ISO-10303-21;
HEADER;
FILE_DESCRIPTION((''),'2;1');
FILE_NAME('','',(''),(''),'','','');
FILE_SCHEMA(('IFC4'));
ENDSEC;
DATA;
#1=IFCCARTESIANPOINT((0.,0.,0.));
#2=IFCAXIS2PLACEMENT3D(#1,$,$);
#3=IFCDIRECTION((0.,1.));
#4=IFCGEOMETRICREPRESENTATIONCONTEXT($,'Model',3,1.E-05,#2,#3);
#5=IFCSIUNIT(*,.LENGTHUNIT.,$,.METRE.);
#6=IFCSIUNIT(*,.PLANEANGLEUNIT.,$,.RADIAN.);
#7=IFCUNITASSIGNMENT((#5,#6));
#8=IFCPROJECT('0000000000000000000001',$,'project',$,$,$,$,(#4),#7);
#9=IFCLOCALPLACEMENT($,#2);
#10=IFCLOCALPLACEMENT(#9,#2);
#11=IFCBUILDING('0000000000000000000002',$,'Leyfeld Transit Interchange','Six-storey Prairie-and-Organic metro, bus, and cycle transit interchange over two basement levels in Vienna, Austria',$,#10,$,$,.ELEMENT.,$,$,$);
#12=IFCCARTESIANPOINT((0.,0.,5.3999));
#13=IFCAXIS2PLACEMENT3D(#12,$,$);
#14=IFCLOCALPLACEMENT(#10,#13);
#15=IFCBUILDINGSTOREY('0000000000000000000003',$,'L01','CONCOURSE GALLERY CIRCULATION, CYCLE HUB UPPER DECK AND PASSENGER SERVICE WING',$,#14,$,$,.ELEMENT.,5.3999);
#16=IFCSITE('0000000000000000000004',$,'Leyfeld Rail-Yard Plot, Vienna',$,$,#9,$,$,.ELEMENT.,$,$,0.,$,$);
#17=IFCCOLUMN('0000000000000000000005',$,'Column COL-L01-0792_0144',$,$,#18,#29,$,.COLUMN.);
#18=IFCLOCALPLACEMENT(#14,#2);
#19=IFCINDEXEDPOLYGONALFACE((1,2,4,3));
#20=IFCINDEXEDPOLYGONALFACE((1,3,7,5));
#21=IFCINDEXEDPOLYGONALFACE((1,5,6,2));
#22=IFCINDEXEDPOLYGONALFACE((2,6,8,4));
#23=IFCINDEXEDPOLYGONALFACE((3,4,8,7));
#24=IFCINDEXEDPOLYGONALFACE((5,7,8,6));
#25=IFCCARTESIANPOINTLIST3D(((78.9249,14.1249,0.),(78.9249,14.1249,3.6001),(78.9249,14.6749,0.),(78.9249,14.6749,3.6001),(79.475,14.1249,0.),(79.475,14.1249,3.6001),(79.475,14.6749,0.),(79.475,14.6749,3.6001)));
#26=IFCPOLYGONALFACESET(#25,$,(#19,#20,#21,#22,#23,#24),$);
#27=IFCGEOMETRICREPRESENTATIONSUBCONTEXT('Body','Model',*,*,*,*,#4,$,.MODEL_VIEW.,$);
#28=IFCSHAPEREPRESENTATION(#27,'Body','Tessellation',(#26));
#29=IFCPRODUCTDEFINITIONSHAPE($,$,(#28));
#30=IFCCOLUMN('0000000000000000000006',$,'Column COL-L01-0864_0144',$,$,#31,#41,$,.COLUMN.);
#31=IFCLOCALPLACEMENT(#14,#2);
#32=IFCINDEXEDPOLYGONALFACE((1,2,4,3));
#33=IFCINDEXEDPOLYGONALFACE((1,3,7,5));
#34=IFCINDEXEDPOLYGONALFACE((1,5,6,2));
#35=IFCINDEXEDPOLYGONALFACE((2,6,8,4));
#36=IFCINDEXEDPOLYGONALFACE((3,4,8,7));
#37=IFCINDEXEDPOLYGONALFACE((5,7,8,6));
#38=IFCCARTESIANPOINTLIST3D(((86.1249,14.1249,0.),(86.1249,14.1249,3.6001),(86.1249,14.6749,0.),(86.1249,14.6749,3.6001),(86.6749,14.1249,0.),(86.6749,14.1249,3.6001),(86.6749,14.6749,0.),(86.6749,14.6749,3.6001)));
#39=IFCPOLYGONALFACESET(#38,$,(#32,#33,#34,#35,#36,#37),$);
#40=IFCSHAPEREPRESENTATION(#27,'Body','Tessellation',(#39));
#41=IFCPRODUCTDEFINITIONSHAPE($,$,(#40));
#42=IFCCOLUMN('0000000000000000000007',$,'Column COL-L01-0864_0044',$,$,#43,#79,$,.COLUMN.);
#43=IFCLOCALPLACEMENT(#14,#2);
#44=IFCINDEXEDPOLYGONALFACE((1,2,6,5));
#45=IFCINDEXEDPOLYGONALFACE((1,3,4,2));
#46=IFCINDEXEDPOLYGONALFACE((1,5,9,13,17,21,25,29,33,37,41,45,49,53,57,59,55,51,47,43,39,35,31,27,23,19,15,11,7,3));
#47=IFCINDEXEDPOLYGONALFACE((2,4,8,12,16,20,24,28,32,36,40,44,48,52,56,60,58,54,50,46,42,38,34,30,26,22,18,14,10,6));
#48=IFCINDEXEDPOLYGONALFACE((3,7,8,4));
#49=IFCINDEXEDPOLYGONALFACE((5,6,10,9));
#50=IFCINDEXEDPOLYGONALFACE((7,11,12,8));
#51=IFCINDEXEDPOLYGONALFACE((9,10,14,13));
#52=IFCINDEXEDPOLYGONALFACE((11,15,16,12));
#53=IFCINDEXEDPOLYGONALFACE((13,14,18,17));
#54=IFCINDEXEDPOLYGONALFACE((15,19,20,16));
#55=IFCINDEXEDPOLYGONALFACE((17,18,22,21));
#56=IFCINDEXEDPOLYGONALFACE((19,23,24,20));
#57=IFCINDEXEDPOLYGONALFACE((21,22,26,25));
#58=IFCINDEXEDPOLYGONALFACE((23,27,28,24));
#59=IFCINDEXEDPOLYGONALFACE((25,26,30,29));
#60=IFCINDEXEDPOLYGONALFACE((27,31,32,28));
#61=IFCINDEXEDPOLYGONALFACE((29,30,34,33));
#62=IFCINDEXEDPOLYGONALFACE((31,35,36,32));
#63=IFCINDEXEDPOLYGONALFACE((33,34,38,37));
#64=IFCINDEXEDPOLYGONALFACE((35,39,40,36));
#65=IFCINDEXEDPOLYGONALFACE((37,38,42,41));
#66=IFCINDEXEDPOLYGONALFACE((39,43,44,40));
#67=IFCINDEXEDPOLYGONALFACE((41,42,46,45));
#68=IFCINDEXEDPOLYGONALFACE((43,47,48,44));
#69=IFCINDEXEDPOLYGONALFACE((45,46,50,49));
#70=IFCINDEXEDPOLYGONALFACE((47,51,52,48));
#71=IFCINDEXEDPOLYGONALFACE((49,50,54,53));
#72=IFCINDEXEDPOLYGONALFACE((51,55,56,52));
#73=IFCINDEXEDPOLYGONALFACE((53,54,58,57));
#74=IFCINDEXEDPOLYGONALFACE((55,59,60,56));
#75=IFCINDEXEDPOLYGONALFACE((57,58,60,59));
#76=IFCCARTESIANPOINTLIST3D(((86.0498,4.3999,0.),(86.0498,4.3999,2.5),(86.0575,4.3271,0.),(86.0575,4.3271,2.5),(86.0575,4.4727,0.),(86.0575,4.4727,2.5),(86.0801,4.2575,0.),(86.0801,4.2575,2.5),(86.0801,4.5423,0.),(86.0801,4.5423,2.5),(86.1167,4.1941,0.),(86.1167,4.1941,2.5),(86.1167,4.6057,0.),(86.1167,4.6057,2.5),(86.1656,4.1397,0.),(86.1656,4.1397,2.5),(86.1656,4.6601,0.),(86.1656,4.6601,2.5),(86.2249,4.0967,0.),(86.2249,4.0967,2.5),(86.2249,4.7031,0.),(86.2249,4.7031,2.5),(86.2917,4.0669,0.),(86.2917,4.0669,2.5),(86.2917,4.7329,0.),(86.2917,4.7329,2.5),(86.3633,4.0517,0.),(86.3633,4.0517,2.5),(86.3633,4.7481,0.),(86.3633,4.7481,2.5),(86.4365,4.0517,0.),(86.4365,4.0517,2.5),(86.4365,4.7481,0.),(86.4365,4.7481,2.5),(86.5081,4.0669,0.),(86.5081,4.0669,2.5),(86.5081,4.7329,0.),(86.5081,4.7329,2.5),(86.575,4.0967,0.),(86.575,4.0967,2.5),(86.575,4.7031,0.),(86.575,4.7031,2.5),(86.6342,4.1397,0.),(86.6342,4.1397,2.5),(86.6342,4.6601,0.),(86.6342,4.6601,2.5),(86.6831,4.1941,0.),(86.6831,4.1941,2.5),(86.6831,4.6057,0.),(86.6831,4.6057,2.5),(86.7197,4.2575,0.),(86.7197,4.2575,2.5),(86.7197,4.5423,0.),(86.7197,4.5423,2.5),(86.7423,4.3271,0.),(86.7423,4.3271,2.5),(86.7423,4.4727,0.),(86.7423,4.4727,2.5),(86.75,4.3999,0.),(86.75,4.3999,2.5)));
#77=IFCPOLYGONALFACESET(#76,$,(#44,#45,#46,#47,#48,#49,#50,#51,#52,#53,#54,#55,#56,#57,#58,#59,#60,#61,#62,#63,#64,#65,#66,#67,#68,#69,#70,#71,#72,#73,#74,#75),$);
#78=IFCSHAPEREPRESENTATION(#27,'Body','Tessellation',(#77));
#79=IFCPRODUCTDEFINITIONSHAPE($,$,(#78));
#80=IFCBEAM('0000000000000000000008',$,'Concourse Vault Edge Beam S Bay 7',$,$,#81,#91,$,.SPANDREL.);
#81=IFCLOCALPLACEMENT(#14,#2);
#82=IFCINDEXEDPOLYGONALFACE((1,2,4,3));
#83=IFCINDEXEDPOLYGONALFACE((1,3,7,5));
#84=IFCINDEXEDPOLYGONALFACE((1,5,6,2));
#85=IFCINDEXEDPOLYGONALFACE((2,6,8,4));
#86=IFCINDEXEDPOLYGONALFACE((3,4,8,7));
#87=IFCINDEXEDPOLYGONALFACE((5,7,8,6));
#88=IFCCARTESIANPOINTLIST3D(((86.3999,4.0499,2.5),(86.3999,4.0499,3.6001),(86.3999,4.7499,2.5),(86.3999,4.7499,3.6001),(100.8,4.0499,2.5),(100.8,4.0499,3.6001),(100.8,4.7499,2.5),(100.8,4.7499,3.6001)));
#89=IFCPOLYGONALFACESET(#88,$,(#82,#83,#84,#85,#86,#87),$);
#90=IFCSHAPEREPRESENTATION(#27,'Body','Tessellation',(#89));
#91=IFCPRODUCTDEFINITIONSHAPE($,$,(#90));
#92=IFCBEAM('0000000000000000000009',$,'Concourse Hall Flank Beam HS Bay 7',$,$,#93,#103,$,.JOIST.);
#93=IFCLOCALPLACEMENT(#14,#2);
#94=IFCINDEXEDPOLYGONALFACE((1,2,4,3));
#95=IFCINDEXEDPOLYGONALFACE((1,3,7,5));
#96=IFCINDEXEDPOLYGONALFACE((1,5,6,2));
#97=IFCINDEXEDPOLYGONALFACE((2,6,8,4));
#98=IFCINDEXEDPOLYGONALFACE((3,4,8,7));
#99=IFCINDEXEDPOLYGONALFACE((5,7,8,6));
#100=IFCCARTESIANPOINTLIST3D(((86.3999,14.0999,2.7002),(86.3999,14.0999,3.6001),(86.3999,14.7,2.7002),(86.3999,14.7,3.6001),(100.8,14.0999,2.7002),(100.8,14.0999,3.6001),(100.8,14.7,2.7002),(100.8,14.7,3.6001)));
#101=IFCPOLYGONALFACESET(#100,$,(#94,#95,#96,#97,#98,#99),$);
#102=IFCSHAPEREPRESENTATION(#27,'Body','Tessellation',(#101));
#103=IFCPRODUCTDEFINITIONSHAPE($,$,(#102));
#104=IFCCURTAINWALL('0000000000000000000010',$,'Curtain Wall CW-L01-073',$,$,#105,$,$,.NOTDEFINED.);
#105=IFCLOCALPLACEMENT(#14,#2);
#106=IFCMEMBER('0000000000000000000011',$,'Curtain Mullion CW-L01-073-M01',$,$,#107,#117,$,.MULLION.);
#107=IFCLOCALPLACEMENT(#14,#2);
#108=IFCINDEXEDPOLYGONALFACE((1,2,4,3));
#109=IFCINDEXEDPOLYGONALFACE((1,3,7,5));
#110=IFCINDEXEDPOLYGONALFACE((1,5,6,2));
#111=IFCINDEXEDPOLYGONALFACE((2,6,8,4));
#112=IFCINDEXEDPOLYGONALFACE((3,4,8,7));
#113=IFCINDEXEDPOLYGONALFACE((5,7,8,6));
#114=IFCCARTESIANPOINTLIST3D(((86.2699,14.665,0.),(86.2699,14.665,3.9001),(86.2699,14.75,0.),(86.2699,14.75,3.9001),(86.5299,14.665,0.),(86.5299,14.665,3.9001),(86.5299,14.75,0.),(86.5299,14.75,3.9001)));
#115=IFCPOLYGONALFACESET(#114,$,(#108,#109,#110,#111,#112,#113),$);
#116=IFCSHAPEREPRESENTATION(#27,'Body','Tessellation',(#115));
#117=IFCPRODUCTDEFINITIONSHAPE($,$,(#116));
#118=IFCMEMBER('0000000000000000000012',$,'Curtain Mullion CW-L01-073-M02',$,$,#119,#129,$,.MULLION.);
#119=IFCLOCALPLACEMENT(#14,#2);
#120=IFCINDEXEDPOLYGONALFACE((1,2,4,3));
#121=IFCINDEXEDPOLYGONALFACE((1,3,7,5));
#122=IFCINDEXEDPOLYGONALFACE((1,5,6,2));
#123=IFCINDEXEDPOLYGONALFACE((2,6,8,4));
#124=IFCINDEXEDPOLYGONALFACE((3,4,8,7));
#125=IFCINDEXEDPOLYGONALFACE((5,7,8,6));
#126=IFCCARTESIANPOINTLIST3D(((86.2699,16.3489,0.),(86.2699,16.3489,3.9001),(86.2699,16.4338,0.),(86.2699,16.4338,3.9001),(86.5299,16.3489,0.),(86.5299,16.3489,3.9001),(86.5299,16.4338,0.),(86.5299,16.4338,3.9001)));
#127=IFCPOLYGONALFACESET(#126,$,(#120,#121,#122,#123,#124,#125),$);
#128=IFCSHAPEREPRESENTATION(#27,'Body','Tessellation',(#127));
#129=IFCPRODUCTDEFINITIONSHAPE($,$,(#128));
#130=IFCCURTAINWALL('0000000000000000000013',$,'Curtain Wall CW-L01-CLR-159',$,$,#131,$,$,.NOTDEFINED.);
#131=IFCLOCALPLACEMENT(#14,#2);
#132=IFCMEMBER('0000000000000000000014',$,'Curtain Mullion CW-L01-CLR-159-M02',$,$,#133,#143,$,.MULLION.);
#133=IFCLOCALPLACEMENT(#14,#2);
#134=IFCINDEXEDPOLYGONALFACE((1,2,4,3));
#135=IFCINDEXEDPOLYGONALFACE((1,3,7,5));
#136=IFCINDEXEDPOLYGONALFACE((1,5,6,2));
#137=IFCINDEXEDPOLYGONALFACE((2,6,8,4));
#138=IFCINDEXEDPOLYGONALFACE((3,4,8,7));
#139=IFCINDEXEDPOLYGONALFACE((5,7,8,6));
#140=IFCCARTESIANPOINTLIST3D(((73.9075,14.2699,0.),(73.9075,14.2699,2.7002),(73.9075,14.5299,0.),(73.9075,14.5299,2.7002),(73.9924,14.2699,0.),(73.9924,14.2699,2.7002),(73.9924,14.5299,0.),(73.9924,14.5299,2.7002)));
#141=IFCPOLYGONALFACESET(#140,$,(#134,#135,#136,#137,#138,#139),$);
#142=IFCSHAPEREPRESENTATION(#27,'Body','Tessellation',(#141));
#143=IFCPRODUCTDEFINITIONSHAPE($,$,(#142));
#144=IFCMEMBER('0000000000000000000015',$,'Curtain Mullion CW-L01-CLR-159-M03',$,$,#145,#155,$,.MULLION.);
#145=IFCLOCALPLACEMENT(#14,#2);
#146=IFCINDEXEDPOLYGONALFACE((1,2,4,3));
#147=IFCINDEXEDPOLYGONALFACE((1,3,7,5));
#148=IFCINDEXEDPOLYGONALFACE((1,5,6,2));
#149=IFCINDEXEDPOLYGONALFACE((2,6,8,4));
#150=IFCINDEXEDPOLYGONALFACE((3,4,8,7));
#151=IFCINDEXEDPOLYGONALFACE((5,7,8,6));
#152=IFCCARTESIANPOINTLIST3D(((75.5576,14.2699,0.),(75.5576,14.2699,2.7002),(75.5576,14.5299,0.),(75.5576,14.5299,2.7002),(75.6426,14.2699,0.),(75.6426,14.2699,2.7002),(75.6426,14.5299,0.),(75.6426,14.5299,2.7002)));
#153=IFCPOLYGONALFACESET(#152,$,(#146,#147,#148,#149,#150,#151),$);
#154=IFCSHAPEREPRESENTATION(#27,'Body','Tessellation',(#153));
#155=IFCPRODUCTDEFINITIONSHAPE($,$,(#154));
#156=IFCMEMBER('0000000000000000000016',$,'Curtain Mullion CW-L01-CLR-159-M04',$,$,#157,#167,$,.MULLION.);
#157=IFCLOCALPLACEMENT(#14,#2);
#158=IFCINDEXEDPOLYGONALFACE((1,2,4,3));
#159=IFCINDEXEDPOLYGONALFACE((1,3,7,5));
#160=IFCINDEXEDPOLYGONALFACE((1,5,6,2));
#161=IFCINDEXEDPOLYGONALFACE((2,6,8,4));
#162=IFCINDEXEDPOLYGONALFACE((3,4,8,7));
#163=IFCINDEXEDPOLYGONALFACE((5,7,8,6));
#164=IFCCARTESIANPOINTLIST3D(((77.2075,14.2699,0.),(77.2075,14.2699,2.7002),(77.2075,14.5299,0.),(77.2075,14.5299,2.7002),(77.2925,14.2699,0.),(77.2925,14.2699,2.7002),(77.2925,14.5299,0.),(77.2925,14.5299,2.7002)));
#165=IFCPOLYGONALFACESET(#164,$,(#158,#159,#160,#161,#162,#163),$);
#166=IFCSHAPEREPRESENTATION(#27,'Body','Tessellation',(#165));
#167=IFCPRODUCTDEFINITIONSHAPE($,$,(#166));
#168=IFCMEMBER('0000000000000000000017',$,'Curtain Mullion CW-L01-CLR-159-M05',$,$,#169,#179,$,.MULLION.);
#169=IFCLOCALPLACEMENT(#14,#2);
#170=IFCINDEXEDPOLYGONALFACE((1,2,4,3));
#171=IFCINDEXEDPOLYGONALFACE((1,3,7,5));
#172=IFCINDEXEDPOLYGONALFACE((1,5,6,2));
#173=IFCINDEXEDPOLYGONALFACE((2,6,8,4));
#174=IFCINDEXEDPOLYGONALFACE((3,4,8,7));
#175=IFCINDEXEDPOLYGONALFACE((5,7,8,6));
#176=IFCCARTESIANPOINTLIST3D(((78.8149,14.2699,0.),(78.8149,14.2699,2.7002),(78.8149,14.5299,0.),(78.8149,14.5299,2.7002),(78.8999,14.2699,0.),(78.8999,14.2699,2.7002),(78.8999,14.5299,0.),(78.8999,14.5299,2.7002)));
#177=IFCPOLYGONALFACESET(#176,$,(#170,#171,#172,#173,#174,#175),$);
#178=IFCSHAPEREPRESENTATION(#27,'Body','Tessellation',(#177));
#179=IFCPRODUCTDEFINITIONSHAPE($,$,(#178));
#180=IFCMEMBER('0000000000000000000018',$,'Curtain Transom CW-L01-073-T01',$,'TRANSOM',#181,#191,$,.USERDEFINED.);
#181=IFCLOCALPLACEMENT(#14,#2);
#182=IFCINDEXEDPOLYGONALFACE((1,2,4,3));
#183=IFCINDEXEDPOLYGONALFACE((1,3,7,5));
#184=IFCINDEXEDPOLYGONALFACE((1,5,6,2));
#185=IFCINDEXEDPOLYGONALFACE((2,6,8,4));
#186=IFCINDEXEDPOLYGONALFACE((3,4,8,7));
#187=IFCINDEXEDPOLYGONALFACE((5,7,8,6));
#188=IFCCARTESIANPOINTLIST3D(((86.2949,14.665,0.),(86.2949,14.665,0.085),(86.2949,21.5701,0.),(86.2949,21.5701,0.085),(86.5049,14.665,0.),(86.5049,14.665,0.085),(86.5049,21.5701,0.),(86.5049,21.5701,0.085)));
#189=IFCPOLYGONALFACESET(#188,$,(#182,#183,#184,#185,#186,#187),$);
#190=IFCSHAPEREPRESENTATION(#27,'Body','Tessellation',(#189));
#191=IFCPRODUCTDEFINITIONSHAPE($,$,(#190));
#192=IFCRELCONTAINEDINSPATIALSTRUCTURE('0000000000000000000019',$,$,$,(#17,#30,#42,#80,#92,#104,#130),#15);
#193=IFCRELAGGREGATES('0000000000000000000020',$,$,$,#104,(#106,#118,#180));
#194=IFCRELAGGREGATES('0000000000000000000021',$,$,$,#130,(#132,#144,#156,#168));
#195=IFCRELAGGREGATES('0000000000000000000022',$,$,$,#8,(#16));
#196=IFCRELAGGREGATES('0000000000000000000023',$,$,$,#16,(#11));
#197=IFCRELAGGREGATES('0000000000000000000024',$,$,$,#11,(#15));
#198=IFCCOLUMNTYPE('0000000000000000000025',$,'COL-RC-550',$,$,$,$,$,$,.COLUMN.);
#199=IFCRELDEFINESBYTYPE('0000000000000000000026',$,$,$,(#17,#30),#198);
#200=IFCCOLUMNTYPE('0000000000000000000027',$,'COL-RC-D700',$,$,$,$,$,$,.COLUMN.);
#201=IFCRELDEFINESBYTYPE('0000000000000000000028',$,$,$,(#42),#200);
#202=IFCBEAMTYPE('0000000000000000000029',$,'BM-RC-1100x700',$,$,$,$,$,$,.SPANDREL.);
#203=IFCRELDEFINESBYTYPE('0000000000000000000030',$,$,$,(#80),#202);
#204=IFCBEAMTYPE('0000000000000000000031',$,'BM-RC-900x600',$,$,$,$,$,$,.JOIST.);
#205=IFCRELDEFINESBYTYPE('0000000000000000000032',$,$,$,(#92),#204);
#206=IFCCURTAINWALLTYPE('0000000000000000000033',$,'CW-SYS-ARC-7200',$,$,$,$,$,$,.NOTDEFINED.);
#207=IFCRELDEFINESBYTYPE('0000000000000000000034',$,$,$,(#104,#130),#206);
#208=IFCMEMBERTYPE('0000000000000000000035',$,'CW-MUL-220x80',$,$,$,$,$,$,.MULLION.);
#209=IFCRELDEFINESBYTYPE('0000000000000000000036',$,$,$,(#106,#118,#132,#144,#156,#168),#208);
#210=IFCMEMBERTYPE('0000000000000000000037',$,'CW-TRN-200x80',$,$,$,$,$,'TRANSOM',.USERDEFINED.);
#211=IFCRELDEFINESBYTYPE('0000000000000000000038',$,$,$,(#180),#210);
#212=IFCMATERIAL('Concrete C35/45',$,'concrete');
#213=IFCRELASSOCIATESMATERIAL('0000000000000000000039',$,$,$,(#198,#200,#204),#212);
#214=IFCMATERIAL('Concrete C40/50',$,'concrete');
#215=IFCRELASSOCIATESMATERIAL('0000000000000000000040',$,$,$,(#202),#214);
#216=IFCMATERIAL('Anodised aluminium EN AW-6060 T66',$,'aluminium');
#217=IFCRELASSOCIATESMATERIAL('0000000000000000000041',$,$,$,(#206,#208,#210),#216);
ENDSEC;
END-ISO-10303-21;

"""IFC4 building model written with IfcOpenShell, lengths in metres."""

from ifc_helpers import new_model, si_unit, direction, frame, origin, origin_2d, place, context, subcontext, project, spatial, rectangle, circle, extrude, material, material_profile, profile_set, type_object, element, aggregate, save


model = new_model("IFC4")

# Units and contexts
model_context = context("Model", 3, precision=1e-05, world=origin(), true_north=direction((0.0, 1.0)))
body_context = subcontext(model_context, "Body", "Model", "MODEL_VIEW")
ifc_project = project(units=[si_unit("LENGTHUNIT", "METRE"), si_unit("PLANEANGLEUNIT", "RADIAN")], contexts=[model_context])

# Site, building, storey
site_placement = place(None, origin())
site = spatial("IfcSite", under=ifc_project, at=site_placement, Name="Leyfeld Rail-Yard Plot, Vienna", CompositionType="ELEMENT", RefElevation=0.0)
building_placement = place(site_placement, origin())
building = spatial("IfcBuilding", under=site, at=building_placement, Name="Leyfeld Transit Interchange", Description="Six-storey Prairie-and-Organic metro, bus, and cycle transit interchange over two basement levels in Vienna, Austria", CompositionType="ELEMENT")
storey_placement = place(building_placement, frame((0.0, 0.0, 5.3999)))
storey = spatial("IfcBuildingStorey", under=building, at=storey_placement, Name="L01", Description="CONCOURSE GALLERY CIRCULATION, CYCLE HUB UPPER DECK AND PASSENGER SERVICE WING", CompositionType="ELEMENT", Elevation=5.3999)

# Columns
ifc_material_1 = material(Name="Concrete C35/45", Category="concrete")
ifc_material_profile_1 = material_profile(ifc_material_1, rectangle(XDim=0.55, YDim=0.55, at=origin_2d()), Name="RC 550x550")
ifc_profile_set_1 = profile_set([ifc_material_profile_1], Name="Concrete C35/45")
column_type_1 = type_object("IfcColumnType", Name="COL-RC-550", PredefinedType="COLUMN", material=ifc_profile_set_1)
for number, where, z_axis, x_axis, name in (
    (1, (79.2, 14.3999, 0.0), (0.0, 0.0, 1.0), (1.0, 0.0, 0.0), "Column COL-L01-0792_0144"),
    (2, (86.3999, 14.3999, 0.0), (0.0, 0.0, 1.0), (1.0, 0.0, 0.0), "Column COL-L01-0864_0144"),
):
    element("IfcColumn", number, at=place(storey_placement, frame(where, z_axis=z_axis, x_axis=x_axis)), inside=storey, type_object=column_type_1, Name=name, PredefinedType="COLUMN", context=body_context, shape_type="SweptSolid", body=[
        extrude(rectangle(XDim=0.55, YDim=0.55, at=origin_2d()), origin(), (0.0, 0.0, 1.0), 3.6001),
    ])
ifc_material_profile_2 = material_profile(ifc_material_1, circle(Radius=0.3501, at=origin_2d()), Name="RC D700")
ifc_profile_set_2 = profile_set([ifc_material_profile_2], Name="Concrete C35/45")
column_type_2 = type_object("IfcColumnType", Name="COL-RC-D700", PredefinedType="COLUMN", material=ifc_profile_set_2)
column_placement = place(storey_placement, frame((86.3999, 4.3999, 0.0), z_axis=(0.0, 0.0, 1.0), x_axis=(1.0, 0.0, 0.0)))
element("IfcColumn", 3, at=column_placement, inside=storey, type_object=column_type_2, Name="Column COL-L01-0864_0044", PredefinedType="COLUMN", context=body_context, shape_type="SweptSolid", body=[
    extrude(circle(Radius=0.3501, at=origin_2d()), origin(), (0.0, 0.0, 1.0), 2.5),
])

# Beams
ifc_material_2 = material(Name="Concrete C40/50", Category="concrete")
ifc_material_profile_3 = material_profile(ifc_material_2, rectangle(XDim=0.7, YDim=1.1001, at=origin_2d()), Name="RC 1100x700")
ifc_profile_set_3 = profile_set([ifc_material_profile_3], Name="Concrete C40/50")
beam_type_1 = type_object("IfcBeamType", Name="BM-RC-1100x700", PredefinedType="SPANDREL", material=ifc_profile_set_3)
beam_1_placement = place(storey_placement, frame((86.3999, 4.3999, 3.05), z_axis=(1.0, 0.0, 0.0), x_axis=(0.0, 1.0, 0.0)))
element("IfcBeam", 4, at=beam_1_placement, inside=storey, type_object=beam_type_1, Name="Concourse Vault Edge Beam S Bay 7", PredefinedType="SPANDREL", context=body_context, shape_type="SweptSolid", body=[
    extrude(rectangle(XDim=0.7, YDim=1.1001, at=origin_2d()), origin(), (0.0, 0.0, 1.0), 14.4001),
])
ifc_material_profile_4 = material_profile(ifc_material_1, rectangle(XDim=0.6001, YDim=0.8999, at=origin_2d()), Name="RC 900x600")
ifc_profile_set_4 = profile_set([ifc_material_profile_4], Name="Concrete C35/45")
beam_type_2 = type_object("IfcBeamType", Name="BM-RC-900x600", PredefinedType="JOIST", material=ifc_profile_set_4)
beam_2_placement = place(storey_placement, frame((86.3999, 14.3999, 3.1501), z_axis=(1.0, 0.0, 0.0), x_axis=(0.0, 1.0, 0.0)))
element("IfcBeam", 5, at=beam_2_placement, inside=storey, type_object=beam_type_2, Name="Concourse Hall Flank Beam HS Bay 7", PredefinedType="JOIST", context=body_context, shape_type="SweptSolid", body=[
    extrude(rectangle(XDim=0.6001, YDim=0.8999, at=origin_2d()), origin(), (0.0, 0.0, 1.0), 14.4001),
])

# Curtain walls, members
ifc_material_3 = material(Name="Anodised aluminium EN AW-6060 T66", Category="aluminium")
curtain_wall_type = type_object("IfcCurtainWallType", Name="CW-SYS-ARC-7200", PredefinedType="NOTDEFINED", material=ifc_material_3)
curtain_wall_1_placement = place(storey_placement, origin())
curtain_wall_1 = element("IfcCurtainWall", 6, at=curtain_wall_1_placement, inside=storey, type_object=curtain_wall_type, Name="Curtain Wall CW-L01-073", PredefinedType="NOTDEFINED")
ifc_material_profile_5 = material_profile(ifc_material_3, rectangle(XDim=0.085, YDim=0.26, at=origin_2d()), Name="CW-M 85x260")
ifc_profile_set_5 = profile_set([ifc_material_profile_5], Name="Anodised aluminium EN AW-6060 T66")
member_type_1 = type_object("IfcMemberType", Name="CW-MUL-220x80", PredefinedType="MULLION", material=ifc_profile_set_5)
member_1_placement = place(storey_placement, frame((86.3999, 14.7075, 0.0), z_axis=(0.0, 0.0, 1.0), x_axis=(0.0, 1.0, 0.0)))
member_1 = element("IfcMember", 7, at=member_1_placement, type_object=member_type_1, Name="Curtain Mullion CW-L01-073-M01", PredefinedType="MULLION", context=body_context, shape_type="SweptSolid", body=[
    extrude(rectangle(XDim=0.085, YDim=0.26, at=origin_2d()), origin(), (0.0, 0.0, 1.0), 3.9001),
])
member_2_placement = place(storey_placement, frame((86.3999, 16.3914, 0.0), z_axis=(0.0, 0.0, 1.0), x_axis=(0.0, 1.0, 0.0)))
member_2 = element("IfcMember", 8, at=member_2_placement, type_object=member_type_1, Name="Curtain Mullion CW-L01-073-M02", PredefinedType="MULLION", context=body_context, shape_type="SweptSolid", body=[
    extrude(rectangle(XDim=0.085, YDim=0.26, at=origin_2d()), origin(), (0.0, 0.0, 1.0), 3.9001),
])
curtain_wall_2_placement = place(storey_placement, origin())
curtain_wall_2 = element("IfcCurtainWall", 9, at=curtain_wall_2_placement, inside=storey, type_object=curtain_wall_type, Name="Curtain Wall CW-L01-CLR-159", PredefinedType="NOTDEFINED")
member_3_placement = place(storey_placement, frame((73.95, 14.3999, 0.0), z_axis=(0.0, 0.0, 1.0), x_axis=(1.0, 0.0, 0.0)))
member_3 = element("IfcMember", 10, at=member_3_placement, type_object=member_type_1, Name="Curtain Mullion CW-L01-CLR-159-M02", PredefinedType="MULLION", context=body_context, shape_type="SweptSolid", body=[
    extrude(rectangle(XDim=0.085, YDim=0.26, at=origin_2d()), origin(), (0.0, 0.0, 1.0), 2.7002),
])
member_4_placement = place(storey_placement, frame((75.6001, 14.3999, 0.0), z_axis=(0.0, 0.0, 1.0), x_axis=(1.0, 0.0, 0.0)))
member_4 = element("IfcMember", 11, at=member_4_placement, type_object=member_type_1, Name="Curtain Mullion CW-L01-CLR-159-M03", PredefinedType="MULLION", context=body_context, shape_type="SweptSolid", body=[
    extrude(rectangle(XDim=0.085, YDim=0.26, at=origin_2d()), origin(), (0.0, 0.0, 1.0), 2.7002),
])
member_5_placement = place(storey_placement, frame((77.25, 14.3999, 0.0), z_axis=(0.0, 0.0, 1.0), x_axis=(1.0, 0.0, 0.0)))
member_5 = element("IfcMember", 12, at=member_5_placement, type_object=member_type_1, Name="Curtain Mullion CW-L01-CLR-159-M04", PredefinedType="MULLION", context=body_context, shape_type="SweptSolid", body=[
    extrude(rectangle(XDim=0.085, YDim=0.26, at=origin_2d()), origin(), (0.0, 0.0, 1.0), 2.7002),
])
member_6_placement = place(storey_placement, frame((78.8574, 14.3999, 0.0), z_axis=(0.0, 0.0, 1.0), x_axis=(1.0, 0.0, 0.0)))
member_6 = element("IfcMember", 13, at=member_6_placement, type_object=member_type_1, Name="Curtain Mullion CW-L01-CLR-159-M05", PredefinedType="MULLION", context=body_context, shape_type="SweptSolid", body=[
    extrude(rectangle(XDim=0.085, YDim=0.26, at=origin_2d()), origin(), (0.0, 0.0, 1.0), 2.7002),
])

# Member
ifc_material_profile_6 = material_profile(ifc_material_3, rectangle(XDim=0.21, YDim=0.085, at=origin_2d()), Name="CW-TRN-200x80")
ifc_profile_set_6 = profile_set([ifc_material_profile_6], Name="Anodised aluminium EN AW-6060 T66")
member_type_2 = type_object("IfcMemberType", Name="CW-TRN-200x80", ElementType="TRANSOM", PredefinedType="USERDEFINED", material=ifc_profile_set_6)
member_7_placement = place(storey_placement, frame((86.3999, 14.665, 0.0425), z_axis=(0.0, 1.0, 0.0), x_axis=(-1.0, 0.0, 0.0)))
member_7 = element("IfcMember", 14, at=member_7_placement, type_object=member_type_2, Name="Curtain Transom CW-L01-073-T01", ObjectType="TRANSOM", PredefinedType="USERDEFINED", context=body_context, shape_type="SweptSolid", body=[
    extrude(rectangle(XDim=0.21, YDim=0.085, at=origin_2d()), origin(), (0.0, 0.0, 1.0), 6.905),
])

aggregate(curtain_wall_1, [member_1, member_2, member_7])
aggregate(curtain_wall_2, [member_3, member_4, member_5, member_6])

save(model, "model.ifc")
